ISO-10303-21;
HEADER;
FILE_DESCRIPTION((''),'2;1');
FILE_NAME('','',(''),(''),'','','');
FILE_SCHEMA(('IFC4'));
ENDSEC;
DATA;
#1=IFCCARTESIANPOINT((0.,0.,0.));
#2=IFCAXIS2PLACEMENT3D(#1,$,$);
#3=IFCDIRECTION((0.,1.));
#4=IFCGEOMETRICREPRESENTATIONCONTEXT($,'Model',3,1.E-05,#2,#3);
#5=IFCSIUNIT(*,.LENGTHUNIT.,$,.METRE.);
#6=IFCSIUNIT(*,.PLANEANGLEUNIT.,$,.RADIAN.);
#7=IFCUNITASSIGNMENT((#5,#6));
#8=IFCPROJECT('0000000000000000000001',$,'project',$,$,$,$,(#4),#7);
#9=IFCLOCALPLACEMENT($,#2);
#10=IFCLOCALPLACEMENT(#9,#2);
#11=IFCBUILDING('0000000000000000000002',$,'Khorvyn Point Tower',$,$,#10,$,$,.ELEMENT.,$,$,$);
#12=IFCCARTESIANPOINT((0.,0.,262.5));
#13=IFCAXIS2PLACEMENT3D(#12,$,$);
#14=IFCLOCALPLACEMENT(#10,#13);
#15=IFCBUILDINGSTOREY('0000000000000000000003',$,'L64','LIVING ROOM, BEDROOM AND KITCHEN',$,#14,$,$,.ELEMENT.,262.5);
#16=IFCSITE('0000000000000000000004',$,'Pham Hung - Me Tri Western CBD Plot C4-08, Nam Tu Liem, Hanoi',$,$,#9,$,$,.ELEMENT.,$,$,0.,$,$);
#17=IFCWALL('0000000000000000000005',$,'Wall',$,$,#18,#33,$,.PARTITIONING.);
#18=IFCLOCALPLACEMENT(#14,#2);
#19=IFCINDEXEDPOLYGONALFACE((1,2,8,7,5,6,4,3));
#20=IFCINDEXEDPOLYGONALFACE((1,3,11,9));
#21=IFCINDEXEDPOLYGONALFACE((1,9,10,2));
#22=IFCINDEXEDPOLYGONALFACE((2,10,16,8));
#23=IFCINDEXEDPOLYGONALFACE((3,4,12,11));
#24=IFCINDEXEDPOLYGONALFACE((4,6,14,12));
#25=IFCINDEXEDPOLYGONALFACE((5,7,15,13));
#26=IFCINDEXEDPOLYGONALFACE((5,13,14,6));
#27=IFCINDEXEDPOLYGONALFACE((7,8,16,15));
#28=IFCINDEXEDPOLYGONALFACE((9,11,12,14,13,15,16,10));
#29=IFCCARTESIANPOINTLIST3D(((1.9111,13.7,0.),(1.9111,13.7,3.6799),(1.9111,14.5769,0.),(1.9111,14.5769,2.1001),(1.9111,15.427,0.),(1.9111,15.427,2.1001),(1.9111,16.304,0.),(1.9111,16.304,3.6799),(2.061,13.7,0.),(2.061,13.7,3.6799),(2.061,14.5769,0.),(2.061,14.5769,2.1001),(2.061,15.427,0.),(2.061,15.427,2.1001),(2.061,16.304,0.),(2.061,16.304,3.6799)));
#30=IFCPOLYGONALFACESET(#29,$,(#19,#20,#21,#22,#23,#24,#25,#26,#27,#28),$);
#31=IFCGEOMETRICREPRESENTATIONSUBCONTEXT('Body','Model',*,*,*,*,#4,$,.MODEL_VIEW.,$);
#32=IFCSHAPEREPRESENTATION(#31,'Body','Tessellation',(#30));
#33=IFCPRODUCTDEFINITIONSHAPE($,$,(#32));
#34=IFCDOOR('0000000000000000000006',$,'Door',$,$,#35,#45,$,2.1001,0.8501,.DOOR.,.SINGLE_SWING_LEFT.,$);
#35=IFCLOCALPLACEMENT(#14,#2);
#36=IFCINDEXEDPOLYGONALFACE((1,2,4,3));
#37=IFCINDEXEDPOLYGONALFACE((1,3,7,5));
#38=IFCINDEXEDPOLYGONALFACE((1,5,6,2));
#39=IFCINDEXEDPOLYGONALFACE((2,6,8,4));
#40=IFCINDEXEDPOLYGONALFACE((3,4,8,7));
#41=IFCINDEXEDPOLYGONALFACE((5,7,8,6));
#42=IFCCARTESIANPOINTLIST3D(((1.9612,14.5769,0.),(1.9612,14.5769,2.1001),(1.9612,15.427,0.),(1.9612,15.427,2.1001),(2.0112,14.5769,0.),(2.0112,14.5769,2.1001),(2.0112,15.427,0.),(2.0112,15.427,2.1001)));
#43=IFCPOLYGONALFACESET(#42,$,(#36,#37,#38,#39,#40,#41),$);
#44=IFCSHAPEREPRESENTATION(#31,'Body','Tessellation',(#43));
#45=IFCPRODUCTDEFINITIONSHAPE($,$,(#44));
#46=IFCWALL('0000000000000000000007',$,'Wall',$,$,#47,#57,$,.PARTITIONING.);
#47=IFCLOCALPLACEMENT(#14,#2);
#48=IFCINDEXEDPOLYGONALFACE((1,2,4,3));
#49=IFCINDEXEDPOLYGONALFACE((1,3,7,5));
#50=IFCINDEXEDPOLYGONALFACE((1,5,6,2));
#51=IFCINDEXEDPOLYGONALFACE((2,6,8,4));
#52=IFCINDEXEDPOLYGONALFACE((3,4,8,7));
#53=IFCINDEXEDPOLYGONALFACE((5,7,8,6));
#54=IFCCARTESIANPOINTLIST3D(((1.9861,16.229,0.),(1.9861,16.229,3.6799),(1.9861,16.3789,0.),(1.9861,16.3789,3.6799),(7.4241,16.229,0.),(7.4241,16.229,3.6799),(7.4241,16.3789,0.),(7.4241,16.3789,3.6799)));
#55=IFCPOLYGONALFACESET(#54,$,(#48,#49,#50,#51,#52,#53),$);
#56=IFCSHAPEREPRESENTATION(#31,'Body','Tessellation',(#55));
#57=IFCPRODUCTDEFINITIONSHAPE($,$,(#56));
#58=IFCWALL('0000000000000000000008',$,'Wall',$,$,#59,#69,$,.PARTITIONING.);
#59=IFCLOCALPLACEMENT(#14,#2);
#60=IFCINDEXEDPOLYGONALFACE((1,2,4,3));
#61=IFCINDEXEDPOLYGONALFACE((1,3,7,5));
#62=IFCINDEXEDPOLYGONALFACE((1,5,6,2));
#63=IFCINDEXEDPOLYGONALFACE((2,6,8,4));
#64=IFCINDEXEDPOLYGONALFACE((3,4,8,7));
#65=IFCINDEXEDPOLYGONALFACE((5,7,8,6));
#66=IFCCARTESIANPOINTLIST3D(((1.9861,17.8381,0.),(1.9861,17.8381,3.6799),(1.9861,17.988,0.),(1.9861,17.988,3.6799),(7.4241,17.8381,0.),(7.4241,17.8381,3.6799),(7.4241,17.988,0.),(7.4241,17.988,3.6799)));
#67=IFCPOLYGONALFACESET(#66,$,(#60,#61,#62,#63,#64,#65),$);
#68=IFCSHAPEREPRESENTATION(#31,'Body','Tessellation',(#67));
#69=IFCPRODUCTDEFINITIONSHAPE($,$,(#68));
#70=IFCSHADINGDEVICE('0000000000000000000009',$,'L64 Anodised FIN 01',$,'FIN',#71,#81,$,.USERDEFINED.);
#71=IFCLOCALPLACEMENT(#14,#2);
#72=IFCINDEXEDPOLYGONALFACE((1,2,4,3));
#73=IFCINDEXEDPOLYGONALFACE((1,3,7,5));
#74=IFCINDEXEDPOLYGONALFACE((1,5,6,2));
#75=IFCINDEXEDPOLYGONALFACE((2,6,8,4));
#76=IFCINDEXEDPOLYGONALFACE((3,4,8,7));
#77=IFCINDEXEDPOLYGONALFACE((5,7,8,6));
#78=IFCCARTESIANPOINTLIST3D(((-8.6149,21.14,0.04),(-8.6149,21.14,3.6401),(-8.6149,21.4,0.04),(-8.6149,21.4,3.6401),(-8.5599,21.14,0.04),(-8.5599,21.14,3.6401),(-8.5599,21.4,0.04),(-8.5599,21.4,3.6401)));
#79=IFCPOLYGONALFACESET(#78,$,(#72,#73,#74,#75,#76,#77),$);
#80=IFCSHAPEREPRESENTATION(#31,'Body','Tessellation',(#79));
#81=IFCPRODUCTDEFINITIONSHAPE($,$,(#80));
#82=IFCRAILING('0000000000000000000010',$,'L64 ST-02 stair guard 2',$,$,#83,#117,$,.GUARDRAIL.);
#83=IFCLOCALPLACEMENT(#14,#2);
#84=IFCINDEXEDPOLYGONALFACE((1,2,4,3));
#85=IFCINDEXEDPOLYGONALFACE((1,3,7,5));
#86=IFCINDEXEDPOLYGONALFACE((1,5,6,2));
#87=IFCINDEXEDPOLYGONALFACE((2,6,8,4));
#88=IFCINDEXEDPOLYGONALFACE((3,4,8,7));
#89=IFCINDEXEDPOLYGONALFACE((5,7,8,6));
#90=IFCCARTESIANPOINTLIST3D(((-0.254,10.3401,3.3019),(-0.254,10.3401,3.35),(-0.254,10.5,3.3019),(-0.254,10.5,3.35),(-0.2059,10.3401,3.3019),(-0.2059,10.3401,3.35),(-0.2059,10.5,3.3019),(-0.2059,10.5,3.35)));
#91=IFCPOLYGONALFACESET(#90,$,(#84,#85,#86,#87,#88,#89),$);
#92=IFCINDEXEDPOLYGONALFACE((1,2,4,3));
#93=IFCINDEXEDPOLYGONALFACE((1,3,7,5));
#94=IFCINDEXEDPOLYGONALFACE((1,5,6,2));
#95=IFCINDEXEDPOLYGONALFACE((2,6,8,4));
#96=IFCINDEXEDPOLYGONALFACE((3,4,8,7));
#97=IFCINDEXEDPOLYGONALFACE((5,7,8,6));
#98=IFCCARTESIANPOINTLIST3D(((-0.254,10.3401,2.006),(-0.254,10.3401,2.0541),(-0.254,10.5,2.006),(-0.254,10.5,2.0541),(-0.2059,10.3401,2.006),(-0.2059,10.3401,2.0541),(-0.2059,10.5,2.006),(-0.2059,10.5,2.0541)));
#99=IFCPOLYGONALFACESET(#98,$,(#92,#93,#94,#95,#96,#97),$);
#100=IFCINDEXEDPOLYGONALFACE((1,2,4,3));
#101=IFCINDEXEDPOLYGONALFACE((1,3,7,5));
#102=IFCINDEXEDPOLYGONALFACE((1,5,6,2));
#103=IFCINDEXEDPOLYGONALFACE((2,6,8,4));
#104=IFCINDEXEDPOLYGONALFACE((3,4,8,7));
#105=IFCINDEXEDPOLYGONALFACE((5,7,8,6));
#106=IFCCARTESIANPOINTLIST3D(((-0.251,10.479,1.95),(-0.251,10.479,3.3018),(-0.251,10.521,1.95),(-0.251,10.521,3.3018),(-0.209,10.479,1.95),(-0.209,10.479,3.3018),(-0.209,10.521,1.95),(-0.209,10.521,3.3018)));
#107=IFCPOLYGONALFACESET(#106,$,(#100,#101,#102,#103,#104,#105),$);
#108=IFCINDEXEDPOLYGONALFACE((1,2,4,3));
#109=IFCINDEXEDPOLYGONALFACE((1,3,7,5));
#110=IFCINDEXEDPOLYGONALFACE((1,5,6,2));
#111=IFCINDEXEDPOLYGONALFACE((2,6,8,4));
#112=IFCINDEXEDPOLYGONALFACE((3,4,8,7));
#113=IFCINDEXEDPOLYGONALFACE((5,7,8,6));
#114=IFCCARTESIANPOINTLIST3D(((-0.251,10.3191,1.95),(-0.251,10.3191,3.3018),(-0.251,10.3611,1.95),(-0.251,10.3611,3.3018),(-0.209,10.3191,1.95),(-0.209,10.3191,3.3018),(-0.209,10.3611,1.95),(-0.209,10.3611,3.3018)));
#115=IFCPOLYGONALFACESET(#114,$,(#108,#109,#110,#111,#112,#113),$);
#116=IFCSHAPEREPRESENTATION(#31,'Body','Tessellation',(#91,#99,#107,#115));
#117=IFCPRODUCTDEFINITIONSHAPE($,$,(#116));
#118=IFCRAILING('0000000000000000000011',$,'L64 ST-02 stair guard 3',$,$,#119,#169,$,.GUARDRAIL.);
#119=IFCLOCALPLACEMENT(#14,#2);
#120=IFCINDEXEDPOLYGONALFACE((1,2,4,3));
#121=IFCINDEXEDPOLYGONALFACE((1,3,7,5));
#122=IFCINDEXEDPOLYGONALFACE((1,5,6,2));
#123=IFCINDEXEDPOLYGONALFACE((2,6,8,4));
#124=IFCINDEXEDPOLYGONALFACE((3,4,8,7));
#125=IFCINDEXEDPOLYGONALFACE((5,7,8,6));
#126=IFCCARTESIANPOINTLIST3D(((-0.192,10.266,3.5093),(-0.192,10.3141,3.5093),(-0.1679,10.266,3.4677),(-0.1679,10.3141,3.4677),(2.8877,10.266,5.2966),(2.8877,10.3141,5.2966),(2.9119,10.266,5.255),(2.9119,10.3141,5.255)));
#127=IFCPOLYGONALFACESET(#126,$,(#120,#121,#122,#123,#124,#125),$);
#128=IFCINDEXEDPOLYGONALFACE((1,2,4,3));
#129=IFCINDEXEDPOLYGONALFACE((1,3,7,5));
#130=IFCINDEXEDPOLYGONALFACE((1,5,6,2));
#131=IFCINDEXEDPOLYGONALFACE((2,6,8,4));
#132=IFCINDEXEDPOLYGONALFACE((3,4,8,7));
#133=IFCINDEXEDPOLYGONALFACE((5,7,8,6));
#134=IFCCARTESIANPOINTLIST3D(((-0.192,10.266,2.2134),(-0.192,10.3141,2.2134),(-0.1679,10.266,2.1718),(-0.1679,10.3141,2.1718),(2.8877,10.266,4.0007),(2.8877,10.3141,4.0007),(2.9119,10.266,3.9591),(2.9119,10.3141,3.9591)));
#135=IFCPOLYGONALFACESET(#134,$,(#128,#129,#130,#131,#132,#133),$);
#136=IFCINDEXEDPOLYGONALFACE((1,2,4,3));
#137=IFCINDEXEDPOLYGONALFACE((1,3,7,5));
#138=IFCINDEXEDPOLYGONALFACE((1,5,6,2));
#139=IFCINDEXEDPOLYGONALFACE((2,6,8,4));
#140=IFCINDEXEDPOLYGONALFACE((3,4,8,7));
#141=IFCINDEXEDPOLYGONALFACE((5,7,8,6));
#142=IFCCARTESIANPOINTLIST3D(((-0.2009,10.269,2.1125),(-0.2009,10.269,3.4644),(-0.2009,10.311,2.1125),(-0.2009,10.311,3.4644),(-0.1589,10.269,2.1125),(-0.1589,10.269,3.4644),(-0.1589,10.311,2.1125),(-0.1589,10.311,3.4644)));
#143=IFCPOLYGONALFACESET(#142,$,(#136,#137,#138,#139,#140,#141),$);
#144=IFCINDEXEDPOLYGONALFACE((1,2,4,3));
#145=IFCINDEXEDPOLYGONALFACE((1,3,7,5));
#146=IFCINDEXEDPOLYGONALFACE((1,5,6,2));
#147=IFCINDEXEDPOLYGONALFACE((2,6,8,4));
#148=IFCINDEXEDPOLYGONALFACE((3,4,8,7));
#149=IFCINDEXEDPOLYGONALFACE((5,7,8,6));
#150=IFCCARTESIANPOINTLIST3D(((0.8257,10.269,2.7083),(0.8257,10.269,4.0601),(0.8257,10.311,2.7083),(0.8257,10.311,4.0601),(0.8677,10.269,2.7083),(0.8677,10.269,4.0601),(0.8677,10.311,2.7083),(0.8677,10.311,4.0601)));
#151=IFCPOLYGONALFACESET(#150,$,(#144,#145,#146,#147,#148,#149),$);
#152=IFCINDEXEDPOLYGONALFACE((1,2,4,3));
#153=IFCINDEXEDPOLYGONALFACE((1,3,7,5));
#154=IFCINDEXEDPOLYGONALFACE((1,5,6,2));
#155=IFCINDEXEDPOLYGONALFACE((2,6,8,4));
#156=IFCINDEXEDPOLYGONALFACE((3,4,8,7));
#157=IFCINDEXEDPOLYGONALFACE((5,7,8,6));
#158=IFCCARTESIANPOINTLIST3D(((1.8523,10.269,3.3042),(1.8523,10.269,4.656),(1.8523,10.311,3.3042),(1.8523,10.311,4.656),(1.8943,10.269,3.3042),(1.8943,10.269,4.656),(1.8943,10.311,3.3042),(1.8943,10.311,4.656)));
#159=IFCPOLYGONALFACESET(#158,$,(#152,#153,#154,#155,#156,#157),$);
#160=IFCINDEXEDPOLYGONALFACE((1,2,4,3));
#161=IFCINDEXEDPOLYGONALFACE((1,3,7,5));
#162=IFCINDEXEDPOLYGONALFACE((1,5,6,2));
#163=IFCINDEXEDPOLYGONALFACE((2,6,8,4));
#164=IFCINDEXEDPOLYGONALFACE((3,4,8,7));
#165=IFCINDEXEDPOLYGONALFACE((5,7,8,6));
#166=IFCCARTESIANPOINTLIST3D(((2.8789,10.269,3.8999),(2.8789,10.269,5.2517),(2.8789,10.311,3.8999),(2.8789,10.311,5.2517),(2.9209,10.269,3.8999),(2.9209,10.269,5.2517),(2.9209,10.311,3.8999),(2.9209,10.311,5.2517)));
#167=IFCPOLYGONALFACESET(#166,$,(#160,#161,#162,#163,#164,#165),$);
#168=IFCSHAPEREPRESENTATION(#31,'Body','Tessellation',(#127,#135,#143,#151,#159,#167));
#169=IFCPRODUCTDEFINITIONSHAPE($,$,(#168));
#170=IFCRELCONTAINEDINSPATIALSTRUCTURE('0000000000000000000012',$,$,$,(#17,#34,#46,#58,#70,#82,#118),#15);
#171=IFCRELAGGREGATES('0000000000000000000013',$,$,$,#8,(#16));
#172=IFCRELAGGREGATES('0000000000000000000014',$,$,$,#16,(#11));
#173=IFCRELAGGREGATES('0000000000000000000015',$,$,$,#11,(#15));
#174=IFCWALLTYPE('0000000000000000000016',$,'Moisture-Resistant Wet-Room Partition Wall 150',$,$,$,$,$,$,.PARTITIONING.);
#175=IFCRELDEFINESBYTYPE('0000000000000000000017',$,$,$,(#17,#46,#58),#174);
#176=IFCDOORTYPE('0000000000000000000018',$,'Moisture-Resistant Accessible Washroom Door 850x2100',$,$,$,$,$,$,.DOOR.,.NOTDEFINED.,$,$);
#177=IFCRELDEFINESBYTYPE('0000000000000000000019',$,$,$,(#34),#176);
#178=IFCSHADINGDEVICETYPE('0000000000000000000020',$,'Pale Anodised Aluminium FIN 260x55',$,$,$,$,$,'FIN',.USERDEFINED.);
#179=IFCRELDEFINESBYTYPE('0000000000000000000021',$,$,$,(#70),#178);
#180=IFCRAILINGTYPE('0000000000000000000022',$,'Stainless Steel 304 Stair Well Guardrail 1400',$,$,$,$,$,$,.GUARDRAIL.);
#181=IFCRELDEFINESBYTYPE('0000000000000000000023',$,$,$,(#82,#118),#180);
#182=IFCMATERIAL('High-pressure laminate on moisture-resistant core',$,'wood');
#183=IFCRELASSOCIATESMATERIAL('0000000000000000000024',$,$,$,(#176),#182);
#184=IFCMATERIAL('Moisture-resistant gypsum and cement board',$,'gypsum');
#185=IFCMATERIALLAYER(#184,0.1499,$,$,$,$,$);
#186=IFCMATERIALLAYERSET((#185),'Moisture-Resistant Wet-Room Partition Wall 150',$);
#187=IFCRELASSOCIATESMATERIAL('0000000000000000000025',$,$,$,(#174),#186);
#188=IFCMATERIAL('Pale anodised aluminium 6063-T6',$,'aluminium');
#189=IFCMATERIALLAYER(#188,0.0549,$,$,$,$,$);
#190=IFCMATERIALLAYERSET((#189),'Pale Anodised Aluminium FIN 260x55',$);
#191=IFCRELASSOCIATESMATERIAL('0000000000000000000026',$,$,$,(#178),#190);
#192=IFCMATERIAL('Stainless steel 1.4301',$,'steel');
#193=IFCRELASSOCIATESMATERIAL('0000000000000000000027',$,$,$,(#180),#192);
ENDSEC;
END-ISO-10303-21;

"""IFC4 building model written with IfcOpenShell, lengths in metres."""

from ifc_helpers import new_model, si_unit, direction, frame, frame_2d, origin, origin_2d, place, context, subcontext, project, spatial, rectangle, extrude, material, layer, layer_set, type_object, element, fill, save


model = new_model("IFC4")

# Units and contexts
model_context = context("Model", 3, precision=1e-05, world=origin(), true_north=direction((0.0, 1.0)))
body_context = subcontext(model_context, "Body", "Model", "MODEL_VIEW")
ifc_project = project(units=[si_unit("LENGTHUNIT", "METRE"), si_unit("PLANEANGLEUNIT", "RADIAN")], contexts=[model_context])

# Site, building, storey
site_placement = place(None, origin())
site = spatial("IfcSite", under=ifc_project, at=site_placement, Name="Pham Hung - Me Tri Western CBD Plot C4-08, Nam Tu Liem, Hanoi", CompositionType="ELEMENT", RefElevation=0.0)
building_placement = place(site_placement, origin())
building = spatial("IfcBuilding", under=site, at=building_placement, Name="Khorvyn Point Tower", CompositionType="ELEMENT")
storey_placement = place(building_placement, frame((0.0, 0.0, 262.5)))
storey = spatial("IfcBuildingStorey", under=building, at=storey_placement, Name="L64", Description="LIVING ROOM, BEDROOM AND KITCHEN", CompositionType="ELEMENT", Elevation=262.5)

# Wall, opening, door
ifc_material_1 = material(Name="High-pressure laminate on moisture-resistant core", Category="wood")
door_type_1 = type_object("IfcDoorType", Name="Moisture-Resistant Accessible Washroom Door 850x2100", OperationType="NOTDEFINED", PredefinedType="DOOR", material=ifc_material_1)
ifc_material_2 = material(Name="Moisture-resistant gypsum and cement board", Category="gypsum")
ifc_layer_1 = layer(ifc_material_2, 0.1499)
ifc_layer_set_1 = layer_set([ifc_layer_1], Name="Moisture-Resistant Wet-Room Partition Wall 150")
wall_type_1 = type_object("IfcWallType", Name="Moisture-Resistant Wet-Room Partition Wall 150", PredefinedType="PARTITIONING", material=ifc_layer_set_1)
wall_1_placement = place(storey_placement, frame((1.9861, 13.7, 0.0), z_axis=(0.0, 0.0, 1.0), x_axis=(0.0, 1.0, 0.0)))
wall_1 = element("IfcWall", 1, at=wall_1_placement, inside=storey, type_object=wall_type_1, Name="Wall", PredefinedType="PARTITIONING", context=body_context, shape_type="SweptSolid", body=[
    extrude(rectangle(XDim=2.604, YDim=0.1499, at=frame_2d((1.302, 0.0))), origin(), (0.0, 0.0, 1.0), 3.6799),
])
opening_1_placement = place(wall_1_placement, frame((0.877, 0.0, 0.0)))
opening_1 = element("IfcOpeningElement", 2, at=opening_1_placement, cuts=wall_1, PredefinedType="OPENING", context=body_context, shape_type="SweptSolid", body=[
    extrude(rectangle(XDim=0.8501, YDim=2.1001, at=frame_2d((0.425, 1.05))), frame((0.0, 0.085, 0.0), z_axis=(0.0, -1.0, 0.0), x_axis=(1.0, 0.0, 0.0)), (0.0, 0.0, 1.0), 0.1699),
])
door_1_placement = place(opening_1_placement, origin())
door_1 = element("IfcDoor", 3, at=door_1_placement, inside=storey, type_object=door_type_1, Name="Door", OperationType="SINGLE_SWING_LEFT", OverallHeight=2.1001, OverallWidth=0.8501, PredefinedType="DOOR", context=body_context, shape_type="SweptSolid", body=[
    extrude(rectangle(XDim=0.8501, YDim=2.1001, at=frame_2d((0.425, 1.05))), frame((0.0, 0.0249, 0.0), z_axis=(0.0, -1.0, 0.0), x_axis=(1.0, 0.0, 0.0)), (0.0, 0.0, 1.0), 0.05),
])
fill(opening_1, door_1)

# Walls
for number, where, z_axis, x_axis, name in (
    (4, (1.9861, 16.304, 0.0), (0.0, 0.0, 1.0), (1.0, 0.0, 0.0), "Wall"),
    (5, (1.9861, 17.9131, 0.0), (0.0, 0.0, 1.0), (1.0, 0.0, 0.0), "Wall"),
):
    element("IfcWall", number, at=place(storey_placement, frame(where, z_axis=z_axis, x_axis=x_axis)), inside=storey, type_object=wall_type_1, Name=name, PredefinedType="PARTITIONING", context=body_context, shape_type="SweptSolid", body=[
        extrude(rectangle(XDim=5.438, YDim=0.1499, at=frame_2d((2.719, 0.0))), origin(), (0.0, 0.0, 1.0), 3.6799),
    ])

# Shading device
ifc_material_3 = material(Name="Pale anodised aluminium 6063-T6", Category="aluminium")
ifc_layer_2 = layer(ifc_material_3, 0.0549)
ifc_layer_set_2 = layer_set([ifc_layer_2], Name="Pale Anodised Aluminium FIN 260x55")
shading_device_type = type_object("IfcShadingDeviceType", Name="Pale Anodised Aluminium FIN 260x55", ElementType="FIN", PredefinedType="USERDEFINED", material=ifc_layer_set_2)
shading_device_placement = place(storey_placement, frame((-8.5874, 21.27, 0.04), z_axis=(0.0, 0.0, 1.0), x_axis=(0.0, 1.0, 0.0)))
element("IfcShadingDevice", 6, at=shading_device_placement, inside=storey, type_object=shading_device_type, Name="L64 Anodised FIN 01", ObjectType="FIN", PredefinedType="USERDEFINED", context=body_context, shape_type="SweptSolid", body=[
    extrude(rectangle(XDim=0.26, YDim=0.0549, at=origin_2d()), origin(), (0.0, 0.0, 1.0), 3.6001),
])

# Railings
ifc_material_4 = material(Name="Stainless steel 1.4301", Category="steel")
railing_type = type_object("IfcRailingType", Name="Stainless Steel 304 Stair Well Guardrail 1400", PredefinedType="GUARDRAIL", material=ifc_material_4)
railing_1_placement = place(storey_placement, frame((-0.23, 10.5, 1.95)))
element("IfcRailing", 7, at=railing_1_placement, inside=storey, type_object=railing_type, Name="L64 ST-02 stair guard 2", PredefinedType="GUARDRAIL", context=body_context, shape_type="SweptSolid", body=[
    extrude(rectangle(XDim=0.0481, YDim=0.0481, at=origin_2d()), frame((0.0, 0.0, 1.376), z_axis=(0.0, -1.0, 0.0), x_axis=(1.0, 0.0, 0.0)), (0.0, 0.0, 1.0), 0.1599),
    extrude(rectangle(XDim=0.0481, YDim=0.0481, at=origin_2d()), frame((0.0, 0.0, 0.0801), z_axis=(0.0, -1.0, 0.0), x_axis=(1.0, 0.0, 0.0)), (0.0, 0.0, 1.0), 0.1599),
    extrude(rectangle(XDim=0.042, YDim=0.042, at=origin_2d()), origin(), (0.0, 0.0, 1.0), 1.3518),
    extrude(rectangle(XDim=0.042, YDim=0.042, at=origin_2d()), frame((0.0, -0.1599, 0.0)), (0.0, 0.0, 1.0), 1.3518),
])
railing_2_placement = place(storey_placement, frame((-0.1799, 10.29, 2.1125)))
element("IfcRailing", 8, at=railing_2_placement, inside=storey, type_object=railing_type, Name="L64 ST-02 stair guard 3", PredefinedType="GUARDRAIL", context=body_context, shape_type="SweptSolid", body=[
    extrude(rectangle(XDim=0.0481, YDim=0.0481, at=origin_2d()), frame((0.0, 0.0, 1.376), z_axis=(0.864903, 0.0, 0.501939), x_axis=(0.0, 1.0, 0.0)), (0.0, 0.0, 1.0), 3.5608),
    extrude(rectangle(XDim=0.0481, YDim=0.0481, at=origin_2d()), frame((0.0, 0.0, 0.0801), z_axis=(0.864903, 0.0, 0.501939), x_axis=(0.0, 1.0, 0.0)), (0.0, 0.0, 1.0), 3.5608),
    extrude(rectangle(XDim=0.042, YDim=0.042, at=origin_2d()), origin(), (0.0, 0.0, 1.0), 1.3518),
    extrude(rectangle(XDim=0.042, YDim=0.042, at=origin_2d()), frame((1.0266, 0.0, 0.5957)), (0.0, 0.0, 1.0), 1.3518),
    extrude(rectangle(XDim=0.042, YDim=0.042, at=origin_2d()), frame((2.0532, 0.0, 1.1917)), (0.0, 0.0, 1.0), 1.3518),
    extrude(rectangle(XDim=0.042, YDim=0.042, at=origin_2d()), frame((3.0798, 0.0, 1.7874)), (0.0, 0.0, 1.0), 1.3518),
])

save(model, "model.ifc")
